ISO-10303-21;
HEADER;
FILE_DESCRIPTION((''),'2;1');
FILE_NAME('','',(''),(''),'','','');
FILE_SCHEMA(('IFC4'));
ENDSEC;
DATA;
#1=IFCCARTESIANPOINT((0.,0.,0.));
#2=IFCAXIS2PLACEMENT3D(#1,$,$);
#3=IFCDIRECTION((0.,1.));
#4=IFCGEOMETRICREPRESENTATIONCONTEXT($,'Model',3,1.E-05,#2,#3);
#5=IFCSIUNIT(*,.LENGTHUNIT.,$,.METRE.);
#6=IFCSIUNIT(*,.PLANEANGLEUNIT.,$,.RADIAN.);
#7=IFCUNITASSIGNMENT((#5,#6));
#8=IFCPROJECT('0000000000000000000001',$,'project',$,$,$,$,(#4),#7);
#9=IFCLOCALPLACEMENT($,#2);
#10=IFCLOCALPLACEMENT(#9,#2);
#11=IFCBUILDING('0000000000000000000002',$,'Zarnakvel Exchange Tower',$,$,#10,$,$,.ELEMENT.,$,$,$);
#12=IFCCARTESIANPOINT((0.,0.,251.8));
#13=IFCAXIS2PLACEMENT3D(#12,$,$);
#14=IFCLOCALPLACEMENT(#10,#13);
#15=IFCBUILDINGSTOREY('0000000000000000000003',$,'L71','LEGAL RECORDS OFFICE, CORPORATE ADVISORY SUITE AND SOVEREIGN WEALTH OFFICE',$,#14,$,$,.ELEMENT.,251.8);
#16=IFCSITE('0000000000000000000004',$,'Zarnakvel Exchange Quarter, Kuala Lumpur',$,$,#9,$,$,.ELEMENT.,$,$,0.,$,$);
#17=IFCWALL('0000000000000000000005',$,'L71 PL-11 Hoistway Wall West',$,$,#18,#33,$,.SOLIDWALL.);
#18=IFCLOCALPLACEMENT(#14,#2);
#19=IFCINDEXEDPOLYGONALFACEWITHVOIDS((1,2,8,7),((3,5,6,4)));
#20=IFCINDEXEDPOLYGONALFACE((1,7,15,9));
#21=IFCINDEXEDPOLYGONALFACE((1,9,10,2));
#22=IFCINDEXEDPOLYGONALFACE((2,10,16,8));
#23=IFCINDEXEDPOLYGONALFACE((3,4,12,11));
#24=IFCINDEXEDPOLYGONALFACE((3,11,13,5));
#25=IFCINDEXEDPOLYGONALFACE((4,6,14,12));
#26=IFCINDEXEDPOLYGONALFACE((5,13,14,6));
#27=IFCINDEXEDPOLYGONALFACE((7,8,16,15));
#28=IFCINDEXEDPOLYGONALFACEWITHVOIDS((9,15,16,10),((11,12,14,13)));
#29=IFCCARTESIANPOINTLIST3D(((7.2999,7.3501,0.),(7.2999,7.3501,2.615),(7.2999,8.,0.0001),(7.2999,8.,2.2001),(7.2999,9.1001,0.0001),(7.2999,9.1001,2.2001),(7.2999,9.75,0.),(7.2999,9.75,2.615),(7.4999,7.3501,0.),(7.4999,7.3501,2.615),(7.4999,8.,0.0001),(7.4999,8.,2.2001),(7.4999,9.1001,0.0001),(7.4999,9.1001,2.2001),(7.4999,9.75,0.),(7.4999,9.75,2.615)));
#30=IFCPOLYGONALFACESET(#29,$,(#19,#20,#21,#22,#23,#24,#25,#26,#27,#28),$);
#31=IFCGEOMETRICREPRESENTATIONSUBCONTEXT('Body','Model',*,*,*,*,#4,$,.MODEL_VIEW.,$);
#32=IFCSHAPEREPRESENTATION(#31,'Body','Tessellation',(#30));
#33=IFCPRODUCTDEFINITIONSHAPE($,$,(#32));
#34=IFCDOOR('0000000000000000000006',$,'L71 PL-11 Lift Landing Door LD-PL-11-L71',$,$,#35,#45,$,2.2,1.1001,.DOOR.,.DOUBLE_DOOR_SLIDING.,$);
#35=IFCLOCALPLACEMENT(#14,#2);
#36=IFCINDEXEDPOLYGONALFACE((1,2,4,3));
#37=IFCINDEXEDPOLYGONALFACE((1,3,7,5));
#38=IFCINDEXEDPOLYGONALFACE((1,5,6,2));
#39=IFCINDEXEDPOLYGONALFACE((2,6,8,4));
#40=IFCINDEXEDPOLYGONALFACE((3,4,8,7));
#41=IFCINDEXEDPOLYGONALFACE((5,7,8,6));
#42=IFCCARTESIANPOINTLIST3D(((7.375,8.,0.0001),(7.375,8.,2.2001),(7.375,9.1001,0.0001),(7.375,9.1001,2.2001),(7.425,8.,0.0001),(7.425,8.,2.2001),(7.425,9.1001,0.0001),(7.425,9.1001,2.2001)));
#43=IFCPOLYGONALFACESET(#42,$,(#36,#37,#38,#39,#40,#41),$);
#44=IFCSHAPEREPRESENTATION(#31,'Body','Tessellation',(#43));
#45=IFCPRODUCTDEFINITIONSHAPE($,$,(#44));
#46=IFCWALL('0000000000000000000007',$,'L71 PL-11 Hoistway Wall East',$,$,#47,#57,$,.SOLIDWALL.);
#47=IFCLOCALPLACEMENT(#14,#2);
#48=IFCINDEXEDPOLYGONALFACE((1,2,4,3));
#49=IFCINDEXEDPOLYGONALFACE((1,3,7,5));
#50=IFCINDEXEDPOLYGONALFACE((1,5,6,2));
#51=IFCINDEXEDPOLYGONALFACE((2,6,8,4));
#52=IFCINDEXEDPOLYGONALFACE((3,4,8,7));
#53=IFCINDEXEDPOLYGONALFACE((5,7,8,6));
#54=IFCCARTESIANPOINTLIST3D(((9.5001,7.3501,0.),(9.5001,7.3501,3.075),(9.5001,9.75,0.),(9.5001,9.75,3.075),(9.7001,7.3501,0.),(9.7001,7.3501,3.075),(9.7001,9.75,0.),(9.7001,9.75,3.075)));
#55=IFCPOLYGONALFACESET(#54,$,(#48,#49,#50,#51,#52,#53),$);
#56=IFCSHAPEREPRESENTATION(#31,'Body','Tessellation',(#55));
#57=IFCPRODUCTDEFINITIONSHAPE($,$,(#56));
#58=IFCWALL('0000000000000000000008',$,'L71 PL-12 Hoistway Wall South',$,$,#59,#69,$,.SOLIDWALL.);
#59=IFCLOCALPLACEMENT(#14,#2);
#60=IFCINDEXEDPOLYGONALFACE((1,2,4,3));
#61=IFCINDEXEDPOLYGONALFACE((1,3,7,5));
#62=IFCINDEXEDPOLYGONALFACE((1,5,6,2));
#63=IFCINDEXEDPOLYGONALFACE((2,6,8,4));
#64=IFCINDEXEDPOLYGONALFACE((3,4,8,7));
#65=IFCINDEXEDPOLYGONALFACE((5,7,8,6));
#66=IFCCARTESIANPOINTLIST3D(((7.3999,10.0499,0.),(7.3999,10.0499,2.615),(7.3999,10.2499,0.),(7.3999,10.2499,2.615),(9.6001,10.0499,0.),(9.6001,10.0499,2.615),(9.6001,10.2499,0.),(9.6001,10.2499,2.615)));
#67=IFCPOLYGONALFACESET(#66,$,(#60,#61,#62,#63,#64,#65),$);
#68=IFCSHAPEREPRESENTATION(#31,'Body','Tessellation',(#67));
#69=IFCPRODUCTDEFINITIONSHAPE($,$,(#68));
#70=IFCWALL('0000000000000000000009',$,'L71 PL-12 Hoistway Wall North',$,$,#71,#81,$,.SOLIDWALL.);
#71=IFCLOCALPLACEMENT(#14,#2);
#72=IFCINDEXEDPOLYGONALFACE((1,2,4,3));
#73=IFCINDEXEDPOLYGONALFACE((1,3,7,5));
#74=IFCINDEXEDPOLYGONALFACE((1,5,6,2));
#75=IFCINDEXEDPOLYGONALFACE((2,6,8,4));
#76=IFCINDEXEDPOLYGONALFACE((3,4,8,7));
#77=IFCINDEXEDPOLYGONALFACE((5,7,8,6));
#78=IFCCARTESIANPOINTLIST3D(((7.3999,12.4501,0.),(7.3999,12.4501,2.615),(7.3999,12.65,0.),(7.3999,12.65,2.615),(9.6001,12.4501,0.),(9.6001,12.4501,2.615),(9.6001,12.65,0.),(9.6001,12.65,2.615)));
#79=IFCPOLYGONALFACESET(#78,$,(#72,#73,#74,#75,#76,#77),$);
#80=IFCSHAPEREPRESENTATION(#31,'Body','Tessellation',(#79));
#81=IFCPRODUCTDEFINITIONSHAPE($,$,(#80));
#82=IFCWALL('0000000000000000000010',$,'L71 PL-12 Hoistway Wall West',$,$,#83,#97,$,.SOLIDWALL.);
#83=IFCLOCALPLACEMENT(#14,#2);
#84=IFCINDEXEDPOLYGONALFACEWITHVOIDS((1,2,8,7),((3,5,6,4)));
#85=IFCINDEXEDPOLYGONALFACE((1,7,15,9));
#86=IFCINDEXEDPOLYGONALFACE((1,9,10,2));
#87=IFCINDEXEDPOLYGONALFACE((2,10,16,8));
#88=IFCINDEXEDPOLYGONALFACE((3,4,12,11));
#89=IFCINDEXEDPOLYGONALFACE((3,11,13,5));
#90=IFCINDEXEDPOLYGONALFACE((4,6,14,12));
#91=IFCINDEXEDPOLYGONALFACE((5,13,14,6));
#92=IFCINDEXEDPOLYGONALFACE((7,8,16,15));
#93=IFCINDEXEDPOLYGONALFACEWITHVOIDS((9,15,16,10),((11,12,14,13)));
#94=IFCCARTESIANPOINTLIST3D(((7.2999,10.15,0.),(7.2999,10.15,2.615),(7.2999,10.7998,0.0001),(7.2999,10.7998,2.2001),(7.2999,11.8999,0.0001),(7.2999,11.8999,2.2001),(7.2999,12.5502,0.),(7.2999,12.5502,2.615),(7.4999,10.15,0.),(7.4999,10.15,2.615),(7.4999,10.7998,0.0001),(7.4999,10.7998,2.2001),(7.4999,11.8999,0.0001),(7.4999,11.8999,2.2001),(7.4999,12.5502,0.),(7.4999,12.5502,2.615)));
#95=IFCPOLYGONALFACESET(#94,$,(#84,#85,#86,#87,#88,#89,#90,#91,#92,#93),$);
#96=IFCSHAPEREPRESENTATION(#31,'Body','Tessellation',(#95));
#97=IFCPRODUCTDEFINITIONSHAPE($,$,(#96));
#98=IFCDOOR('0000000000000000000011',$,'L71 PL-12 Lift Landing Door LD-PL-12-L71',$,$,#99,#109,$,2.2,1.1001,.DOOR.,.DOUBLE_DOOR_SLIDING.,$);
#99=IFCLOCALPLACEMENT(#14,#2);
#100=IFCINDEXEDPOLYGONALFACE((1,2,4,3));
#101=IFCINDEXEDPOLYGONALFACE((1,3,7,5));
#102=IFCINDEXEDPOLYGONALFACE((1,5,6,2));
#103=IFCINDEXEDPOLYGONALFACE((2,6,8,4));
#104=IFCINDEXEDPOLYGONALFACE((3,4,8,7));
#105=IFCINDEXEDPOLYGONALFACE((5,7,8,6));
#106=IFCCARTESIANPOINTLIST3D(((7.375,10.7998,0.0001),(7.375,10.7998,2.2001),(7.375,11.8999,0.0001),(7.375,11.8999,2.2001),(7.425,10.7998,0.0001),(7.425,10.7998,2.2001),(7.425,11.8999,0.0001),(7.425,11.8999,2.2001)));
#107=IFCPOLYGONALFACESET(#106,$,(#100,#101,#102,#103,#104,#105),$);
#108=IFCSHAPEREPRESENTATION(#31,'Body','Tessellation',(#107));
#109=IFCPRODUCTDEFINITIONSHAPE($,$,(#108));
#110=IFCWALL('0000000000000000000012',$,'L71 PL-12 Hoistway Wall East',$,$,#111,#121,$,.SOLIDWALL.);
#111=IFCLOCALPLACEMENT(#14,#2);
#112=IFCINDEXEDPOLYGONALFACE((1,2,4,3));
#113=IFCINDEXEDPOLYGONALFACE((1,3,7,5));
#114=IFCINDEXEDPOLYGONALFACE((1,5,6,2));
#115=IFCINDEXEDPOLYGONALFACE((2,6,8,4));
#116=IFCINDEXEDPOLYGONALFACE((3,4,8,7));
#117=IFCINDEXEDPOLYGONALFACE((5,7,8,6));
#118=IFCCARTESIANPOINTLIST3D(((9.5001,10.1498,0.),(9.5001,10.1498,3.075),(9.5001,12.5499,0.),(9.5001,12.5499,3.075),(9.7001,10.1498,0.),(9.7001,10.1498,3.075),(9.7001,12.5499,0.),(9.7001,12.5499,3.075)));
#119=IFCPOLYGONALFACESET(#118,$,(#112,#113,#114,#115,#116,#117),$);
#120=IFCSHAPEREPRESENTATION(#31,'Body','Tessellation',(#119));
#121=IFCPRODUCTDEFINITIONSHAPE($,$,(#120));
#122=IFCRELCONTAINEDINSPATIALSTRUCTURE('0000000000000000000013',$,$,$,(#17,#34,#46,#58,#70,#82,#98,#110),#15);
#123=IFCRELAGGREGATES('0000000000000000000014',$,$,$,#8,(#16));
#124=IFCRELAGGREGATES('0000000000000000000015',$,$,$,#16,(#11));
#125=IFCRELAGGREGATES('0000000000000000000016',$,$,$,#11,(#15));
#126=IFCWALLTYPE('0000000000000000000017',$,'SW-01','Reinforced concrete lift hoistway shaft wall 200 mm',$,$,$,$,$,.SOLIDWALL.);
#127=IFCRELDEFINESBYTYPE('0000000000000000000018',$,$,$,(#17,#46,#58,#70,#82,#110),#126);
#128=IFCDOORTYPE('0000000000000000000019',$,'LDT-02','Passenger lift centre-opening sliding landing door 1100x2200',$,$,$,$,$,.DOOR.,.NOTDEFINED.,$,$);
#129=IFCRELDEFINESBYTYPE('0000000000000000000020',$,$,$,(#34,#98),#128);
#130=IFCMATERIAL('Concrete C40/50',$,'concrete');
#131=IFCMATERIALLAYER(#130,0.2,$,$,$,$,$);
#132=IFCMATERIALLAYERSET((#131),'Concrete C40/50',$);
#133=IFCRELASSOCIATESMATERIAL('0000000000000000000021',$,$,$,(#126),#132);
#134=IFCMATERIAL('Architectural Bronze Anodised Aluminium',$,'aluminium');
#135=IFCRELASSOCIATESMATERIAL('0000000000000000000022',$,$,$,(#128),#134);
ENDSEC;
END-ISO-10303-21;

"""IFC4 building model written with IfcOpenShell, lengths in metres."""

from ifc_helpers import new_model, si_unit, direction, frame, frame_2d, origin, place, context, subcontext, project, spatial, rectangle, extrude, source, transform, mapped, material, layer, layer_set, type_object, element, fill, save


model = new_model("IFC4")

# Units and contexts
model_context = context("Model", 3, precision=1e-05, world=origin(), true_north=direction((0.0, 1.0)))
body_context = subcontext(model_context, "Body", "Model", "MODEL_VIEW")
ifc_project = project(units=[si_unit("LENGTHUNIT", "METRE"), si_unit("PLANEANGLEUNIT", "RADIAN")], contexts=[model_context])

# Site, building, storey
site_placement = place(None, origin())
site = spatial("IfcSite", under=ifc_project, at=site_placement, Name="Zarnakvel Exchange Quarter, Kuala Lumpur", CompositionType="ELEMENT", RefElevation=0.0)
building_placement = place(site_placement, origin())
building = spatial("IfcBuilding", under=site, at=building_placement, Name="Zarnakvel Exchange Tower", CompositionType="ELEMENT")
storey_placement = place(building_placement, frame((0.0, 0.0, 251.8)))
storey = spatial("IfcBuildingStorey", under=building, at=storey_placement, Name="L71", Description="LEGAL RECORDS OFFICE, CORPORATE ADVISORY SUITE AND SOVEREIGN WEALTH OFFICE", CompositionType="ELEMENT", Elevation=251.8)

# Shared definitions
ifc_material_1 = material(Name="Architectural Bronze Anodised Aluminium", Category="aluminium")

# Shared definitions
ifc_material_2 = material(Name="Concrete C40/50", Category="concrete")
ifc_layer_1 = layer(ifc_material_2, 0.2)
ifc_layer_set_1 = layer_set([ifc_layer_1], Name="Concrete C40/50")
wall_type_1 = type_object("IfcWallType", Name="SW-01", Description="Reinforced concrete lift hoistway shaft wall 200 mm", PredefinedType="SOLIDWALL", material=ifc_layer_set_1)

# Wall, opening, door
wall_1_placement = place(storey_placement, frame((7.3999, 7.3501, 0.0), z_axis=(0.0, 0.0, 1.0), x_axis=(0.0, 1.0, 0.0)))
wall_1 = element("IfcWall", 1, at=wall_1_placement, inside=storey, type_object=wall_type_1, Name="L71 PL-11 Hoistway Wall West", PredefinedType="SOLIDWALL", context=body_context, shape_type="SweptSolid", body=[
    extrude(rectangle(XDim=2.3999, YDim=0.2, at=frame_2d((1.2, 0.0))), origin(), (0.0, 0.0, 1.0), 2.615),
])
opening_1_placement = place(wall_1_placement, frame((0.6499, 0.0, 0.0)))
opening_1 = element("IfcOpeningElement", 2, at=opening_1_placement, cuts=wall_1, PredefinedType="OPENING", context=body_context, shape_type="SweptSolid", body=[
    extrude(rectangle(XDim=1.1001, YDim=2.2, at=frame_2d((0.55, 1.1001))), frame((0.0, 0.1099, 0.0), z_axis=(0.0, -1.0, 0.0), x_axis=(1.0, 0.0, 0.0)), (0.0, 0.0, 1.0), 0.22),
])
door_type_1 = type_object("IfcDoorType", Name="LDT-02", Description="Passenger lift centre-opening sliding landing door 1100x2200", OperationType="NOTDEFINED", PredefinedType="DOOR", material=ifc_material_1)
shared_shape_1 = source(origin(), body_context, "Body", "SweptSolid", [
    extrude(rectangle(XDim=1.1001, YDim=2.2, at=frame_2d((0.55, 1.1001))), frame((0.0, 0.0249, 0.0), z_axis=(0.0, -1.0, 0.0), x_axis=(1.0, 0.0, 0.0)), (0.0, 0.0, 1.0), 0.05),
])
door_1_placement = place(opening_1_placement, origin())
door_1 = element("IfcDoor", 3, at=door_1_placement, inside=storey, type_object=door_type_1, Name="L71 PL-11 Lift Landing Door LD-PL-11-L71", OperationType="DOUBLE_DOOR_SLIDING", OverallHeight=2.2, OverallWidth=1.1001, PredefinedType="DOOR", context=body_context, shape_type="MappedRepresentation", body=[
    mapped(shared_shape_1, transform((0.0, 0.0, 0.0), x_axis=(1.0, 0.0, 0.0), y_axis=(0.0, 1.0, 0.0), z_axis=(0.0, 0.0, 1.0), scale=1.0)),
])
fill(opening_1, door_1)

# Walls
wall_2_placement = place(storey_placement, frame((9.6001, 9.75, 0.0), z_axis=(0.0, 0.0, 1.0), x_axis=(0.0, -1.0, 0.0)))
element("IfcWall", 4, at=wall_2_placement, inside=storey, type_object=wall_type_1, Name="L71 PL-11 Hoistway Wall East", PredefinedType="SOLIDWALL", context=body_context, shape_type="SweptSolid", body=[
    extrude(rectangle(XDim=2.3999, YDim=0.2, at=frame_2d((1.2, 0.0))), origin(), (0.0, 0.0, 1.0), 3.075),
])
for number, where, z_axis, x_axis, name in (
    (5, (9.6001, 10.1499, 0.0), (0.0, 0.0, 1.0), (-1.0, 0.0, 0.0), "L71 PL-12 Hoistway Wall South"),
    (6, (7.3999, 12.55, 0.0), (0.0, 0.0, 1.0), (1.0, 0.0, 0.0), "L71 PL-12 Hoistway Wall North"),
):
    element("IfcWall", number, at=place(storey_placement, frame(where, z_axis=z_axis, x_axis=x_axis)), inside=storey, type_object=wall_type_1, Name=name, PredefinedType="SOLIDWALL", context=body_context, shape_type="SweptSolid", body=[
        extrude(rectangle(XDim=2.2002, YDim=0.2, at=frame_2d((1.1001, 0.0))), origin(), (0.0, 0.0, 1.0), 2.615),
    ])

# Wall, opening, door
wall_3_placement = place(storey_placement, frame((7.3999, 10.1499, 0.0), z_axis=(0.0, 0.0, 1.0), x_axis=(0.0, 1.0, 0.0)))
wall_3 = element("IfcWall", 7, at=wall_3_placement, inside=storey, type_object=wall_type_1, Name="L71 PL-12 Hoistway Wall West", PredefinedType="SOLIDWALL", context=body_context, shape_type="SweptSolid", body=[
    extrude(rectangle(XDim=2.4001, YDim=0.2, at=frame_2d((1.2002, 0.0))), origin(), (0.0, 0.0, 1.0), 2.615),
])
opening_2_placement = place(wall_3_placement, frame((0.6499, 0.0, 0.0)))
opening_2 = element("IfcOpeningElement", 8, at=opening_2_placement, cuts=wall_3, PredefinedType="OPENING", context=body_context, shape_type="SweptSolid", body=[
    extrude(rectangle(XDim=1.1001, YDim=2.2, at=frame_2d((0.55, 1.1001))), frame((0.0, 0.1099, 0.0), z_axis=(0.0, -1.0, 0.0), x_axis=(1.0, 0.0, 0.0)), (0.0, 0.0, 1.0), 0.22),
])
door_2_placement = place(opening_2_placement, origin())
door_2 = element("IfcDoor", 9, at=door_2_placement, inside=storey, type_object=door_type_1, Name="L71 PL-12 Lift Landing Door LD-PL-12-L71", OperationType="DOUBLE_DOOR_SLIDING", OverallHeight=2.2, OverallWidth=1.1001, PredefinedType="DOOR", context=body_context, shape_type="MappedRepresentation", body=[
    mapped(shared_shape_1, transform((0.0, 0.0, 0.0), x_axis=(1.0, 0.0, 0.0), y_axis=(0.0, 1.0, 0.0), z_axis=(0.0, 0.0, 1.0), scale=1.0)),
])
fill(opening_2, door_2)

# Wall
wall_4_placement = place(storey_placement, frame((9.6001, 12.55, 0.0), z_axis=(0.0, 0.0, 1.0), x_axis=(0.0, -1.0, 0.0)))
element("IfcWall", 10, at=wall_4_placement, inside=storey, type_object=wall_type_1, Name="L71 PL-12 Hoistway Wall East", PredefinedType="SOLIDWALL", context=body_context, shape_type="SweptSolid", body=[
    extrude(rectangle(XDim=2.4001, YDim=0.2, at=frame_2d((1.2002, 0.0))), origin(), (0.0, 0.0, 1.0), 3.075),
])

save(model, "model.ifc")
